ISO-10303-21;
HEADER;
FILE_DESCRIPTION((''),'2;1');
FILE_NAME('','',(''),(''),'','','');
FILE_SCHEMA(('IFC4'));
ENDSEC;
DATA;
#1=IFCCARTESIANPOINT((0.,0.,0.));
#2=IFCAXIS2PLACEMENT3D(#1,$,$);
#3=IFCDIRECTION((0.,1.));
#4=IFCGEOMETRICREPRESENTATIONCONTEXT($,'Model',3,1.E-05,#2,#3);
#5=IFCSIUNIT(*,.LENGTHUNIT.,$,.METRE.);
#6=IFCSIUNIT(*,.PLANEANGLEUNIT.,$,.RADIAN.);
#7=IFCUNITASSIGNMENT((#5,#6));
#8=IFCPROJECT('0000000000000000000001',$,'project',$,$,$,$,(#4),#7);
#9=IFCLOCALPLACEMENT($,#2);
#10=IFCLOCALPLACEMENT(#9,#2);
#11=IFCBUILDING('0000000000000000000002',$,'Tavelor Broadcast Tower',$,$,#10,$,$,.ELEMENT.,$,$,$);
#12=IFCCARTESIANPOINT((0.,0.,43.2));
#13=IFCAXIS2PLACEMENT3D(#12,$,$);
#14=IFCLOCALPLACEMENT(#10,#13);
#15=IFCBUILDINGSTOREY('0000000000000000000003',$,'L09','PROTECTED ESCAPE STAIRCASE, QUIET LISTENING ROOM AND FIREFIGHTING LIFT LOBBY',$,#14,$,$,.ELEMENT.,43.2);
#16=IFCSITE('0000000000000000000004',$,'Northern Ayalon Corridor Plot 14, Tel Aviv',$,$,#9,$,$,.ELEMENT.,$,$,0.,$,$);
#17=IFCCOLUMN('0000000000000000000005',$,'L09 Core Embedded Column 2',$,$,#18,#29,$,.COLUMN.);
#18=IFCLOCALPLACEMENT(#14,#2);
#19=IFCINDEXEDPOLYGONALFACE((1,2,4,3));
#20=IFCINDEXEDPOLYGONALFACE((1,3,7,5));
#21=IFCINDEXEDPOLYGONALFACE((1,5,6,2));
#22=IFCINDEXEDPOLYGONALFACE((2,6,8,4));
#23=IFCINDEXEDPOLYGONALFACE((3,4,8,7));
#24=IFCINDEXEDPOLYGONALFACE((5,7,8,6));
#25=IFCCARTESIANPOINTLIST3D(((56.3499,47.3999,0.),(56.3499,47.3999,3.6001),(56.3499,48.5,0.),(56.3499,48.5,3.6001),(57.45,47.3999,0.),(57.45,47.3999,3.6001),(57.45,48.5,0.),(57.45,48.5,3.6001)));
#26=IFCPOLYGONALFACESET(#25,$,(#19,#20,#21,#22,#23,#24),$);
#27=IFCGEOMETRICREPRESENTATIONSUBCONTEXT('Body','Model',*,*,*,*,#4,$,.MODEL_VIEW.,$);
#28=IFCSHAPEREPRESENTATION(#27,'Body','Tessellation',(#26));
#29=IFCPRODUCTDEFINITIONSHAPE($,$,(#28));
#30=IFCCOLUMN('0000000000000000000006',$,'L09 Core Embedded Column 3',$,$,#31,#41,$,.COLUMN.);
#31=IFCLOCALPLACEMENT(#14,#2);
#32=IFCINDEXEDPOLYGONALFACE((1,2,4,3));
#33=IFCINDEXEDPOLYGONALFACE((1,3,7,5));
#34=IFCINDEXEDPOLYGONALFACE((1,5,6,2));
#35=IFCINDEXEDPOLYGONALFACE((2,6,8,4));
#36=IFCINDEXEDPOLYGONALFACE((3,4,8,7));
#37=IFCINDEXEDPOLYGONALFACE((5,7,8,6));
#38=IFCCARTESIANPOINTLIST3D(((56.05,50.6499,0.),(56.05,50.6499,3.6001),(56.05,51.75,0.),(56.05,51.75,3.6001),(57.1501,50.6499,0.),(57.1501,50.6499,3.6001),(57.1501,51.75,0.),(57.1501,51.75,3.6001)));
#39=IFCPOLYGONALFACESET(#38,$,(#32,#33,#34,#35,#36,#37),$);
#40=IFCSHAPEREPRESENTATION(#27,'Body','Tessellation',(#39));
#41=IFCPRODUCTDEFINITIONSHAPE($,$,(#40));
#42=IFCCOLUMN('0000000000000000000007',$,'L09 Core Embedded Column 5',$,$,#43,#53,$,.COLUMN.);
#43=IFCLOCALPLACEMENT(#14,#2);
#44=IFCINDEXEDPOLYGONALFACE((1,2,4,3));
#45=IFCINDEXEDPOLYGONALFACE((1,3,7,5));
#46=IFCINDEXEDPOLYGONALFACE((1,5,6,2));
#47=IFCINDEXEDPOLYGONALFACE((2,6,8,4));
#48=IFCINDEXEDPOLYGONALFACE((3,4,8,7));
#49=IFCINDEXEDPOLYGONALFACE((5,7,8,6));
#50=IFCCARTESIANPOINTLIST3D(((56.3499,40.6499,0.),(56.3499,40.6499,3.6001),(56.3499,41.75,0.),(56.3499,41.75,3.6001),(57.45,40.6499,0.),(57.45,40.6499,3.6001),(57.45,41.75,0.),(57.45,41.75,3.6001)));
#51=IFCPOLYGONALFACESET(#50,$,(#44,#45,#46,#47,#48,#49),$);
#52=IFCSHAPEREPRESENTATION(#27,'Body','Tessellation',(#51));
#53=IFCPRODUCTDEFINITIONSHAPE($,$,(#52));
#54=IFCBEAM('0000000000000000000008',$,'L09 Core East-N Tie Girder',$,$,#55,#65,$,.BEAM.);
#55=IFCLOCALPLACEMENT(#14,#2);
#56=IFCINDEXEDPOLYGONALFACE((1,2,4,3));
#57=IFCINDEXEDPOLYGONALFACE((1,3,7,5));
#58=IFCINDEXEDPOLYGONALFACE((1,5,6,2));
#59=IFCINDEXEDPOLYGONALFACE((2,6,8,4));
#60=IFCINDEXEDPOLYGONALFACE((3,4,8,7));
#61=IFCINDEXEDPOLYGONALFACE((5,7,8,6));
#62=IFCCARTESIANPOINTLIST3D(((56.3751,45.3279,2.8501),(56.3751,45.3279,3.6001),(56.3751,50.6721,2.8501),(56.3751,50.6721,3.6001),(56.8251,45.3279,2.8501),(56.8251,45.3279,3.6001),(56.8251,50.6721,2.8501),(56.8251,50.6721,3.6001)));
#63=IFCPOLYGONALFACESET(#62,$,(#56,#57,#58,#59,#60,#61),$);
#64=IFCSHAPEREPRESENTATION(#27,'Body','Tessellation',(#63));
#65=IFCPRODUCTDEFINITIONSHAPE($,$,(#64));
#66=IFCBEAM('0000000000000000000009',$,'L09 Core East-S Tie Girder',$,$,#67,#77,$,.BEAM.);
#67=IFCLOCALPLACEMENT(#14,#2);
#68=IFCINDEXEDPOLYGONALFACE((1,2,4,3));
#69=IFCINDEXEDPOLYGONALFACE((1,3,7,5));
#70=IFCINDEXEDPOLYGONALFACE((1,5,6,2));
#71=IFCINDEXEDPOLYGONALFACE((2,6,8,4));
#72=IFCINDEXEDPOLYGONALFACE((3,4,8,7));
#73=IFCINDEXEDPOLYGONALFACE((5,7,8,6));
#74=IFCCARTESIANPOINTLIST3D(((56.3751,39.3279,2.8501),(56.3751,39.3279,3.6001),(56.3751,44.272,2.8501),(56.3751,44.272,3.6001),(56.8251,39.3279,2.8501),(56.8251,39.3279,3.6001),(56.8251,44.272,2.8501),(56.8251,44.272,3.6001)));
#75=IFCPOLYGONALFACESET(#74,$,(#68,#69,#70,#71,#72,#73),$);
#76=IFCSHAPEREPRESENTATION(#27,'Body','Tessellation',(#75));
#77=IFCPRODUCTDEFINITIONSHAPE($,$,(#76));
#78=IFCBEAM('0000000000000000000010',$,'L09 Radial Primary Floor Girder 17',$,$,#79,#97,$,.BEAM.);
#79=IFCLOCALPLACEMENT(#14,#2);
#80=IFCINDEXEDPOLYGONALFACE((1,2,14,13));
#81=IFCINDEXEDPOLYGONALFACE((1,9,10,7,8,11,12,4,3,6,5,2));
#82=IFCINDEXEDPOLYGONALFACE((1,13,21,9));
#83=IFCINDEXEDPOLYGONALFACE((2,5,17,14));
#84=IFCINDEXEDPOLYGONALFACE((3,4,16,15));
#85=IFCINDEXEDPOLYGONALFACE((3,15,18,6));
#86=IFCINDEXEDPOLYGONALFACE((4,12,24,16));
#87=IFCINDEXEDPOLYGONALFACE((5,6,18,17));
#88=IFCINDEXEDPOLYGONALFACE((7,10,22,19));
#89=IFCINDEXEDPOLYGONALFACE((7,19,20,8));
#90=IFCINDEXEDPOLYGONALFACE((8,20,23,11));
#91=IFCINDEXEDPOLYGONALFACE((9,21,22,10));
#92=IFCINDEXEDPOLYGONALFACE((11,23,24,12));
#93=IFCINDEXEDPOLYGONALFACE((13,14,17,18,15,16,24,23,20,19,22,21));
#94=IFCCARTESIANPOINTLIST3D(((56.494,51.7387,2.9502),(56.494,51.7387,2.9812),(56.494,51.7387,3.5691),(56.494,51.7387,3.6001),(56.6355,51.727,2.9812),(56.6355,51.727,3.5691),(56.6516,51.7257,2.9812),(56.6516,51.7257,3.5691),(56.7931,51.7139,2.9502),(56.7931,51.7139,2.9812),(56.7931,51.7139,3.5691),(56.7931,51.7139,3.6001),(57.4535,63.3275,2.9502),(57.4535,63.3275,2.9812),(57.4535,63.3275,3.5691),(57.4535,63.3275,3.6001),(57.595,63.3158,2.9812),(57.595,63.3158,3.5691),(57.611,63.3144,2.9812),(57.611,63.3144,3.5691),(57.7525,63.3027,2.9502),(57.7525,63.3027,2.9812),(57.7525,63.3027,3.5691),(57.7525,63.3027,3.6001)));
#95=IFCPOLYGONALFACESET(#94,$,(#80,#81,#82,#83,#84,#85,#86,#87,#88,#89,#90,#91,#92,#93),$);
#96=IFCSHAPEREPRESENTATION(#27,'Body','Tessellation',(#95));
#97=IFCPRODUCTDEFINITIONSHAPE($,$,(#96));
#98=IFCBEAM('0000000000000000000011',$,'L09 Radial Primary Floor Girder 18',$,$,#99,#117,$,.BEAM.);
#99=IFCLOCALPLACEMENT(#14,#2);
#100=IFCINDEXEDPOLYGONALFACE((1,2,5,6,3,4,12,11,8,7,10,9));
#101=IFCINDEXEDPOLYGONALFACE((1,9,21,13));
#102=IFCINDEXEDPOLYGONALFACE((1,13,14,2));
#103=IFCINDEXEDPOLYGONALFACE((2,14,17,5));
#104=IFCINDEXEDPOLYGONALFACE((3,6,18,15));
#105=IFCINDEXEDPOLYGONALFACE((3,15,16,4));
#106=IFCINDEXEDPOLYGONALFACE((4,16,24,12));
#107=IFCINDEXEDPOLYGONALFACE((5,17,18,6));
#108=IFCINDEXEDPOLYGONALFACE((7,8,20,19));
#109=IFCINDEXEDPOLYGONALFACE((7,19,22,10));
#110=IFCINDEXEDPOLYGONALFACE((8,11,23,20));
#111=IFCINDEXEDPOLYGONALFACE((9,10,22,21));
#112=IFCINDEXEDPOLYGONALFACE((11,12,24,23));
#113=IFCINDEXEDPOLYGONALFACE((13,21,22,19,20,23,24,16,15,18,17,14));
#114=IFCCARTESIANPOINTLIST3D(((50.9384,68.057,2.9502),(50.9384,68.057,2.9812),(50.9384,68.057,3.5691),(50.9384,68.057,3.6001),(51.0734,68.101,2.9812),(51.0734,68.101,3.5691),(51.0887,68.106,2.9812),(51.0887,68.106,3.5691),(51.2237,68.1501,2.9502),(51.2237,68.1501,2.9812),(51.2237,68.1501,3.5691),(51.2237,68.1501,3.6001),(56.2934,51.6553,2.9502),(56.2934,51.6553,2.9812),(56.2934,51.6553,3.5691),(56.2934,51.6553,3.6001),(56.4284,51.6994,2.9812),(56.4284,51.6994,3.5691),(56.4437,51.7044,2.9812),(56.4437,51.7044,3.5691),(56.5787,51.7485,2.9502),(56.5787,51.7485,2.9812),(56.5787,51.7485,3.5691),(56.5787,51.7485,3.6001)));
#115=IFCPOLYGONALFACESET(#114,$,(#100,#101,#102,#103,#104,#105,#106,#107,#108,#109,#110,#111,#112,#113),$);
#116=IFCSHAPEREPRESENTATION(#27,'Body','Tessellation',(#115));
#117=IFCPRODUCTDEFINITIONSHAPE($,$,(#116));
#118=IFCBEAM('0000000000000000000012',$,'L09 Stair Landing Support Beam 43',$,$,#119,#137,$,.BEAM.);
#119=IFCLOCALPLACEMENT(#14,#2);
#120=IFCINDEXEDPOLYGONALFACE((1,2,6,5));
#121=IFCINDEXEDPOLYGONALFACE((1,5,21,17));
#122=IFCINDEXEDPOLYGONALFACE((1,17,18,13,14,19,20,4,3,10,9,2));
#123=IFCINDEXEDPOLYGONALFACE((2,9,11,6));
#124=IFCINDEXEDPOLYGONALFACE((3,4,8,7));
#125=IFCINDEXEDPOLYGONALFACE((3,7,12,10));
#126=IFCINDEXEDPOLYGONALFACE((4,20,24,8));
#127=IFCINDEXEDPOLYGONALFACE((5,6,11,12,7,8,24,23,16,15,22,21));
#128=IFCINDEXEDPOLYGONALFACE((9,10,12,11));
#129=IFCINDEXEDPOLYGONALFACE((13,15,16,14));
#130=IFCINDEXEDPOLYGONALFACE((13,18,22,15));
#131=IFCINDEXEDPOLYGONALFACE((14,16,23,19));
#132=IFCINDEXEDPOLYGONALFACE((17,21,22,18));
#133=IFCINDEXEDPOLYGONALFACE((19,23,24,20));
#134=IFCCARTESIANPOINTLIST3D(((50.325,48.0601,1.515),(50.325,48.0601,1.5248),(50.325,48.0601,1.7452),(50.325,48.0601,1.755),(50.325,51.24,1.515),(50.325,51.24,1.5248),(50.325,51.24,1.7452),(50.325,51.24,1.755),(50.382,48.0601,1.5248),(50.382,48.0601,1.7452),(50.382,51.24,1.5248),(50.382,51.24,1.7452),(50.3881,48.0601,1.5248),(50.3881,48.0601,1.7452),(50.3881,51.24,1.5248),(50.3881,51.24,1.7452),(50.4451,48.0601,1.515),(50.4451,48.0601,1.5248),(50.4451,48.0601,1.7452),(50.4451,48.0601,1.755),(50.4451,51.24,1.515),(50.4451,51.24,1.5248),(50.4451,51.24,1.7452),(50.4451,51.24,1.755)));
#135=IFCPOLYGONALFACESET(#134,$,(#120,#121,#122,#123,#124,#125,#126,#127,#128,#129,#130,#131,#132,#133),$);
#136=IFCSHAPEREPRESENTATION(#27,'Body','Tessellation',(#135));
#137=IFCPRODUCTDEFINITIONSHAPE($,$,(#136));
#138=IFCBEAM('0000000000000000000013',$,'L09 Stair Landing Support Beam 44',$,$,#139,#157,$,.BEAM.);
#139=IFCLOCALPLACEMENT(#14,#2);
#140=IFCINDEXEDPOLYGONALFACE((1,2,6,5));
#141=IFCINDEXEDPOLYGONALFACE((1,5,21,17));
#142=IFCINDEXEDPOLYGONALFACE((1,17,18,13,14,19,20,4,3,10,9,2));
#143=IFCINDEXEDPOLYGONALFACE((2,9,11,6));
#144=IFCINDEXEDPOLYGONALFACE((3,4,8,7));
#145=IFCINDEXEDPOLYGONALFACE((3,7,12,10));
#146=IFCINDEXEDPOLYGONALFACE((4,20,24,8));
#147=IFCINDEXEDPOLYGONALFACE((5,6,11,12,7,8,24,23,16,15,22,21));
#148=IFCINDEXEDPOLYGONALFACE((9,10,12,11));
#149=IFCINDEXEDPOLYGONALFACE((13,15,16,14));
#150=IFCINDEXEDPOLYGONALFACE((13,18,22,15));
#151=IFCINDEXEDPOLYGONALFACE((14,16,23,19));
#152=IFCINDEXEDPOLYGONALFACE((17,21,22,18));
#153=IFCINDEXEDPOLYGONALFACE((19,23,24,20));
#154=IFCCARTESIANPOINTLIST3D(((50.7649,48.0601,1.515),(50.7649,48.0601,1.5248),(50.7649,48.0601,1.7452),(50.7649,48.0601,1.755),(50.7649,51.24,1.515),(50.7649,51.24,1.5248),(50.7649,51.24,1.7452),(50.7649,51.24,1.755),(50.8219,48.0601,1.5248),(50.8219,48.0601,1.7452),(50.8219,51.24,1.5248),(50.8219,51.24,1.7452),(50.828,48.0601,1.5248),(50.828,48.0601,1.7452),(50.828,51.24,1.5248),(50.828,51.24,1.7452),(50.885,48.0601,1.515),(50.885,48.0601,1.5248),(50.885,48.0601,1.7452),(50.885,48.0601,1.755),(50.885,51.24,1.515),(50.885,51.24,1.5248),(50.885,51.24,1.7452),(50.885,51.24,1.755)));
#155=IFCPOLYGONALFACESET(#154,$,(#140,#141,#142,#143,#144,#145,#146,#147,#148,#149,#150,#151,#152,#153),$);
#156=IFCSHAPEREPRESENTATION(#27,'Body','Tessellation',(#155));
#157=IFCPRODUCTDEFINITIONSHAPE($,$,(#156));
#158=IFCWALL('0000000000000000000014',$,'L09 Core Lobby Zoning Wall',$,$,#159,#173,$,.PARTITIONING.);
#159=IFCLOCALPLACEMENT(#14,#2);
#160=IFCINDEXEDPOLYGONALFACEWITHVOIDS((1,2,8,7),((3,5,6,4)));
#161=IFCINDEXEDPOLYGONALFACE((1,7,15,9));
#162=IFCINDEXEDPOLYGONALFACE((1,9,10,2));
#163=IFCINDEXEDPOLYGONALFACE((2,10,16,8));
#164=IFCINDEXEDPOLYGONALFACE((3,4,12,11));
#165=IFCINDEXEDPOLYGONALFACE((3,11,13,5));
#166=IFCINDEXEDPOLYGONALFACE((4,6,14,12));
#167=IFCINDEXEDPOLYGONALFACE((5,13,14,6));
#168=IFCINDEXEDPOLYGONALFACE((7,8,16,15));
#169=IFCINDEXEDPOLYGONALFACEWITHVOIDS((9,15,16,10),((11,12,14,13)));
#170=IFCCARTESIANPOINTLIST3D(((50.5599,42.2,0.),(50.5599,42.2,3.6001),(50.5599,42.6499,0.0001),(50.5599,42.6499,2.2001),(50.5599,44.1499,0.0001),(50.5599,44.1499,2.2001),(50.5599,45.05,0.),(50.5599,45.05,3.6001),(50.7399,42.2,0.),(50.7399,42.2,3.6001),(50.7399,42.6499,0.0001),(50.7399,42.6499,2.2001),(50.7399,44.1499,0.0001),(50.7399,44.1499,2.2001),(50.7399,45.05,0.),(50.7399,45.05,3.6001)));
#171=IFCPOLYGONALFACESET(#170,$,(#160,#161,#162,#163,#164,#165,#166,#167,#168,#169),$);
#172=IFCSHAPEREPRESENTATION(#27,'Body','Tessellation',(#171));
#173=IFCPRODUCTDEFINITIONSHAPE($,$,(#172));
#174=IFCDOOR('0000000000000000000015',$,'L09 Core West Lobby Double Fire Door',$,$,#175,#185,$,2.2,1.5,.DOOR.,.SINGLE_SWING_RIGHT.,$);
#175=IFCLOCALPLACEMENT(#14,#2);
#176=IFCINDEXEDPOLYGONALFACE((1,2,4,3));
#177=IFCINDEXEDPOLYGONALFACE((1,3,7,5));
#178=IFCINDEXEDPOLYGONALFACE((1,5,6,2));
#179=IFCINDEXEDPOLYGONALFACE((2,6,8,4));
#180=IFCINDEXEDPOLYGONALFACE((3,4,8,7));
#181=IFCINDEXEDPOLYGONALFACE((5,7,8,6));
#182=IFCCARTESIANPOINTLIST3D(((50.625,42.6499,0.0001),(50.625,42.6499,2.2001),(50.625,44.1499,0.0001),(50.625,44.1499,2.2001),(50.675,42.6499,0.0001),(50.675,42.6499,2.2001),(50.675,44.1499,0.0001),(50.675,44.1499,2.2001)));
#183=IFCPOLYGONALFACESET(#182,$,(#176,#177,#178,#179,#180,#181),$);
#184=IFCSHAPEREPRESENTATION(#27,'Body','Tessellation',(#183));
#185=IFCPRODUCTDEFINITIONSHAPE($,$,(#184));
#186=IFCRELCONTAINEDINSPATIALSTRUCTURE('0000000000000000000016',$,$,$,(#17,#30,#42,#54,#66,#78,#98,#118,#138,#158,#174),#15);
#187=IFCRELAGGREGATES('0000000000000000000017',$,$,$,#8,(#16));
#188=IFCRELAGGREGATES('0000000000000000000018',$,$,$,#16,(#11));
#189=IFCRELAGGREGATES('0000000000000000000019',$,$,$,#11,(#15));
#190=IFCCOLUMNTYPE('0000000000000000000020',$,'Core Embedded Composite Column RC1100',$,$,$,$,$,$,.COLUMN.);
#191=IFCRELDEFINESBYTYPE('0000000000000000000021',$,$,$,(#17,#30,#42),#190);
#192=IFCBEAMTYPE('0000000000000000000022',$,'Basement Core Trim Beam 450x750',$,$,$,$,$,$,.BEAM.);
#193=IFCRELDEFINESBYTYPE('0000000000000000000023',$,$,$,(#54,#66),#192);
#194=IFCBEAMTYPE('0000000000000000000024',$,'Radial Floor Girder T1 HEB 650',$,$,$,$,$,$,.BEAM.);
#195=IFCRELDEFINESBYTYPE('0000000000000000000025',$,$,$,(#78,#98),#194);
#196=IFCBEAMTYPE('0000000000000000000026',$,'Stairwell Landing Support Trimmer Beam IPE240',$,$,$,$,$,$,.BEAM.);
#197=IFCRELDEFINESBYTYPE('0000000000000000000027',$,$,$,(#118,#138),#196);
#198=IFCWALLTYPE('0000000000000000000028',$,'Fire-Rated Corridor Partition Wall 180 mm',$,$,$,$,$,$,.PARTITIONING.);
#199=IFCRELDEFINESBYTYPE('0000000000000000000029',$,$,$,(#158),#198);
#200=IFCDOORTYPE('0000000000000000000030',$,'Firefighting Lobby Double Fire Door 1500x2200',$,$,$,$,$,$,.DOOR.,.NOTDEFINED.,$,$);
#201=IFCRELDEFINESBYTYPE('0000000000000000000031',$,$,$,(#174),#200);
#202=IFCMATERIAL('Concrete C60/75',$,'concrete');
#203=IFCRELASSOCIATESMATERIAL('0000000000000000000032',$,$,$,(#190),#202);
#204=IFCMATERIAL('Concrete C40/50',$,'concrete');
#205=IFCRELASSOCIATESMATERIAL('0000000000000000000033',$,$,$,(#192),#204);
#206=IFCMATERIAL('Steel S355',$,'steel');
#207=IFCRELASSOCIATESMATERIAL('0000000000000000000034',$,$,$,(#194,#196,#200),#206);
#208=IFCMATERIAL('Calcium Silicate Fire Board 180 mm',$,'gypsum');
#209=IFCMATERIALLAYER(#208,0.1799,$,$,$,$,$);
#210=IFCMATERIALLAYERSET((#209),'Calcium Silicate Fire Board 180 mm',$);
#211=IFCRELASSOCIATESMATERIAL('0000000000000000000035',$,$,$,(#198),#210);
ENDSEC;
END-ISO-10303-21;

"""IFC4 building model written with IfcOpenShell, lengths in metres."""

from ifc_helpers import new_model, si_unit, direction, frame, frame_2d, origin, origin_2d, place, context, subcontext, project, spatial, rectangle, i_section, extrude, material, layer, layer_set, material_profile, profile_set, type_object, element, fill, save


model = new_model("IFC4")

# Units and contexts
model_context = context("Model", 3, precision=1e-05, world=origin(), true_north=direction((0.0, 1.0)))
body_context = subcontext(model_context, "Body", "Model", "MODEL_VIEW")
ifc_project = project(units=[si_unit("LENGTHUNIT", "METRE"), si_unit("PLANEANGLEUNIT", "RADIAN")], contexts=[model_context])

# Site, building, storey
site_placement = place(None, origin())
site = spatial("IfcSite", under=ifc_project, at=site_placement, Name="Northern Ayalon Corridor Plot 14, Tel Aviv", CompositionType="ELEMENT", RefElevation=0.0)
building_placement = place(site_placement, origin())
building = spatial("IfcBuilding", under=site, at=building_placement, Name="Tavelor Broadcast Tower", CompositionType="ELEMENT")
storey_placement = place(building_placement, frame((0.0, 0.0, 43.2)))
storey = spatial("IfcBuildingStorey", under=building, at=storey_placement, Name="L09", Description="PROTECTED ESCAPE STAIRCASE, QUIET LISTENING ROOM AND FIREFIGHTING LIFT LOBBY", CompositionType="ELEMENT", Elevation=43.2)

# Columns
ifc_material_1 = material(Name="Concrete C60/75", Category="concrete")
ifc_material_profile_1 = material_profile(ifc_material_1, rectangle(XDim=1.1001, YDim=1.1001, at=origin_2d()), Name="RC 1100x1100")
ifc_profile_set_1 = profile_set([ifc_material_profile_1], Name="Concrete C60/75")
column_type = type_object("IfcColumnType", Name="Core Embedded Composite Column RC1100", PredefinedType="COLUMN", material=ifc_profile_set_1)
for number, where, z_axis, x_axis, name in (
    (1, (56.8999, 47.95, 0.0), (0.0, 0.0, 1.0), (1.0, 0.0, 0.0), "L09 Core Embedded Column 2"),
    (2, (56.6001, 51.2, 0.0), (0.0, 0.0, 1.0), (1.0, 0.0, 0.0), "L09 Core Embedded Column 3"),
    (3, (56.8999, 41.2, 0.0), (0.0, 0.0, 1.0), (1.0, 0.0, 0.0), "L09 Core Embedded Column 5"),
):
    element("IfcColumn", number, at=place(storey_placement, frame(where, z_axis=z_axis, x_axis=x_axis)), inside=storey, type_object=column_type, Name=name, PredefinedType="COLUMN", context=body_context, shape_type="SweptSolid", body=[
        extrude(rectangle(XDim=1.1001, YDim=1.1001, at=origin_2d()), origin(), (0.0, 0.0, 1.0), 3.6001),
    ])

# Beams
ifc_material_2 = material(Name="Concrete C40/50", Category="concrete")
ifc_material_profile_2 = material_profile(ifc_material_2, rectangle(XDim=0.45, YDim=0.75, at=origin_2d()), Name="RC 450x750")
ifc_profile_set_2 = profile_set([ifc_material_profile_2], Name="Concrete C40/50")
beam_type_1 = type_object("IfcBeamType", Name="Basement Core Trim Beam 450x750", PredefinedType="BEAM", material=ifc_profile_set_2)
beam_1_placement = place(storey_placement, frame((56.6001, 45.3279, 3.2251), z_axis=(0.0, 1.0, 0.0), x_axis=(-1.0, 0.0, 0.0)))
element("IfcBeam", 4, at=beam_1_placement, inside=storey, type_object=beam_type_1, Name="L09 Core East-N Tie Girder", PredefinedType="BEAM", context=body_context, shape_type="SweptSolid", body=[
    extrude(rectangle(XDim=0.45, YDim=0.75, at=origin_2d()), origin(), (0.0, 0.0, 1.0), 5.3442),
])
beam_2_placement = place(storey_placement, frame((56.6001, 39.3279, 3.2251), z_axis=(0.0, 1.0, 0.0), x_axis=(-1.0, 0.0, 0.0)))
element("IfcBeam", 5, at=beam_2_placement, inside=storey, type_object=beam_type_1, Name="L09 Core East-S Tie Girder", PredefinedType="BEAM", context=body_context, shape_type="SweptSolid", body=[
    extrude(rectangle(XDim=0.45, YDim=0.75, at=origin_2d()), origin(), (0.0, 0.0, 1.0), 4.9441),
])
ifc_material_3 = material(Name="Steel S355", Category="steel")
ifc_material_profile_3 = material_profile(ifc_material_3, i_section(OverallWidth=0.3, OverallDepth=0.6499, WebThickness=0.0161, FlangeThickness=0.031, at=origin_2d()), Name="HEB 650")
ifc_profile_set_3 = profile_set([ifc_material_profile_3], Name="Steel S355")
beam_type_2 = type_object("IfcBeamType", Name="Radial Floor Girder T1 HEB 650", PredefinedType="BEAM", material=ifc_profile_set_3)
beam_3_placement = place(storey_placement, frame((56.6436, 51.7263, 3.2751), z_axis=(0.08251, 0.99659, 0.0), x_axis=(-0.99659, 0.08251, 0.0)))
element("IfcBeam", 6, at=beam_3_placement, inside=storey, type_object=beam_type_2, Name="L09 Radial Primary Floor Girder 17", PredefinedType="BEAM", context=body_context, shape_type="SweptSolid", body=[
    extrude(i_section(OverallWidth=0.3, OverallDepth=0.6499, WebThickness=0.0161, FlangeThickness=0.031, at=origin_2d()), origin(), (0.0, 0.0, 1.0), 11.6284),
])
beam_4_placement = place(storey_placement, frame((56.436, 51.7019, 3.2751), z_axis=(-0.310368, 0.950617, 0.0), x_axis=(-0.950617, -0.310368, 0.0)))
element("IfcBeam", 7, at=beam_4_placement, inside=storey, type_object=beam_type_2, Name="L09 Radial Primary Floor Girder 18", PredefinedType="BEAM", context=body_context, shape_type="SweptSolid", body=[
    extrude(i_section(OverallWidth=0.3, OverallDepth=0.6499, WebThickness=0.0161, FlangeThickness=0.031, at=origin_2d()), origin(), (0.0, 0.0, 1.0), 17.2537),
])
ifc_material_profile_4 = material_profile(ifc_material_3, i_section(OverallWidth=0.1201, OverallDepth=0.24, WebThickness=0.0061, FlangeThickness=0.0098, at=origin_2d()), Name="IPE 240")
ifc_profile_set_4 = profile_set([ifc_material_profile_4], Name="Steel S355")
beam_type_3 = type_object("IfcBeamType", Name="Stairwell Landing Support Trimmer Beam IPE240", PredefinedType="BEAM", material=ifc_profile_set_4)
for number, where, z_axis, x_axis, name in (
    (8, (50.385, 48.0601, 1.635), (0.0, 1.0, 0.0), (-1.0, 0.0, 0.0), "L09 Stair Landing Support Beam 43"),
    (9, (50.825, 48.0601, 1.635), (0.0, 1.0, 0.0), (-1.0, 0.0, 0.0), "L09 Stair Landing Support Beam 44"),
):
    element("IfcBeam", number, at=place(storey_placement, frame(where, z_axis=z_axis, x_axis=x_axis)), inside=storey, type_object=beam_type_3, Name=name, PredefinedType="BEAM", context=body_context, shape_type="SweptSolid", body=[
        extrude(i_section(OverallWidth=0.1201, OverallDepth=0.24, WebThickness=0.0061, FlangeThickness=0.0098, at=origin_2d()), origin(), (0.0, 0.0, 1.0), 3.1799),
    ])

# Wall, opening, door
ifc_material_4 = material(Name="Calcium Silicate Fire Board 180 mm", Category="gypsum")
ifc_layer_1 = layer(ifc_material_4, 0.1799)
ifc_layer_set_1 = layer_set([ifc_layer_1], Name="Calcium Silicate Fire Board 180 mm")
wall_type_1 = type_object("IfcWallType", Name="Fire-Rated Corridor Partition Wall 180 mm", PredefinedType="PARTITIONING", material=ifc_layer_set_1)
wall_1_placement = place(storey_placement, frame((50.6499, 42.2, 0.0), z_axis=(0.0, 0.0, 1.0), x_axis=(0.0, 1.0, 0.0)))
wall_1 = element("IfcWall", 10, at=wall_1_placement, inside=storey, type_object=wall_type_1, Name="L09 Core Lobby Zoning Wall", PredefinedType="PARTITIONING", context=body_context, shape_type="SweptSolid", body=[
    extrude(rectangle(XDim=2.8501, YDim=0.1799, at=frame_2d((1.425, 0.0))), origin(), (0.0, 0.0, 1.0), 3.6001),
])
opening_1_placement = place(wall_1_placement, frame((0.45, 0.0, 0.0)))
opening_1 = element("IfcOpeningElement", 11, at=opening_1_placement, cuts=wall_1, PredefinedType="OPENING", context=body_context, shape_type="SweptSolid", body=[
    extrude(rectangle(XDim=1.5, YDim=2.2, at=frame_2d((0.75, 1.1001))), frame((0.0, 0.1001, 0.0), z_axis=(0.0, -1.0, 0.0), x_axis=(1.0, 0.0, 0.0)), (0.0, 0.0, 1.0), 0.2),
])
door_type = type_object("IfcDoorType", Name="Firefighting Lobby Double Fire Door 1500x2200", OperationType="NOTDEFINED", PredefinedType="DOOR", material=ifc_material_3)
door_1_placement = place(opening_1_placement, origin())
door_1 = element("IfcDoor", 12, at=door_1_placement, inside=storey, type_object=door_type, Name="L09 Core West Lobby Double Fire Door", OperationType="SINGLE_SWING_RIGHT", OverallHeight=2.2, OverallWidth=1.5, PredefinedType="DOOR", context=body_context, shape_type="SweptSolid", body=[
    extrude(rectangle(XDim=1.5, YDim=2.2, at=frame_2d((0.75, 1.1001))), frame((0.0, 0.0249, 0.0), z_axis=(0.0, -1.0, 0.0), x_axis=(1.0, 0.0, 0.0)), (0.0, 0.0, 1.0), 0.05),
])
fill(opening_1, door_1)

save(model, "model.ifc")
